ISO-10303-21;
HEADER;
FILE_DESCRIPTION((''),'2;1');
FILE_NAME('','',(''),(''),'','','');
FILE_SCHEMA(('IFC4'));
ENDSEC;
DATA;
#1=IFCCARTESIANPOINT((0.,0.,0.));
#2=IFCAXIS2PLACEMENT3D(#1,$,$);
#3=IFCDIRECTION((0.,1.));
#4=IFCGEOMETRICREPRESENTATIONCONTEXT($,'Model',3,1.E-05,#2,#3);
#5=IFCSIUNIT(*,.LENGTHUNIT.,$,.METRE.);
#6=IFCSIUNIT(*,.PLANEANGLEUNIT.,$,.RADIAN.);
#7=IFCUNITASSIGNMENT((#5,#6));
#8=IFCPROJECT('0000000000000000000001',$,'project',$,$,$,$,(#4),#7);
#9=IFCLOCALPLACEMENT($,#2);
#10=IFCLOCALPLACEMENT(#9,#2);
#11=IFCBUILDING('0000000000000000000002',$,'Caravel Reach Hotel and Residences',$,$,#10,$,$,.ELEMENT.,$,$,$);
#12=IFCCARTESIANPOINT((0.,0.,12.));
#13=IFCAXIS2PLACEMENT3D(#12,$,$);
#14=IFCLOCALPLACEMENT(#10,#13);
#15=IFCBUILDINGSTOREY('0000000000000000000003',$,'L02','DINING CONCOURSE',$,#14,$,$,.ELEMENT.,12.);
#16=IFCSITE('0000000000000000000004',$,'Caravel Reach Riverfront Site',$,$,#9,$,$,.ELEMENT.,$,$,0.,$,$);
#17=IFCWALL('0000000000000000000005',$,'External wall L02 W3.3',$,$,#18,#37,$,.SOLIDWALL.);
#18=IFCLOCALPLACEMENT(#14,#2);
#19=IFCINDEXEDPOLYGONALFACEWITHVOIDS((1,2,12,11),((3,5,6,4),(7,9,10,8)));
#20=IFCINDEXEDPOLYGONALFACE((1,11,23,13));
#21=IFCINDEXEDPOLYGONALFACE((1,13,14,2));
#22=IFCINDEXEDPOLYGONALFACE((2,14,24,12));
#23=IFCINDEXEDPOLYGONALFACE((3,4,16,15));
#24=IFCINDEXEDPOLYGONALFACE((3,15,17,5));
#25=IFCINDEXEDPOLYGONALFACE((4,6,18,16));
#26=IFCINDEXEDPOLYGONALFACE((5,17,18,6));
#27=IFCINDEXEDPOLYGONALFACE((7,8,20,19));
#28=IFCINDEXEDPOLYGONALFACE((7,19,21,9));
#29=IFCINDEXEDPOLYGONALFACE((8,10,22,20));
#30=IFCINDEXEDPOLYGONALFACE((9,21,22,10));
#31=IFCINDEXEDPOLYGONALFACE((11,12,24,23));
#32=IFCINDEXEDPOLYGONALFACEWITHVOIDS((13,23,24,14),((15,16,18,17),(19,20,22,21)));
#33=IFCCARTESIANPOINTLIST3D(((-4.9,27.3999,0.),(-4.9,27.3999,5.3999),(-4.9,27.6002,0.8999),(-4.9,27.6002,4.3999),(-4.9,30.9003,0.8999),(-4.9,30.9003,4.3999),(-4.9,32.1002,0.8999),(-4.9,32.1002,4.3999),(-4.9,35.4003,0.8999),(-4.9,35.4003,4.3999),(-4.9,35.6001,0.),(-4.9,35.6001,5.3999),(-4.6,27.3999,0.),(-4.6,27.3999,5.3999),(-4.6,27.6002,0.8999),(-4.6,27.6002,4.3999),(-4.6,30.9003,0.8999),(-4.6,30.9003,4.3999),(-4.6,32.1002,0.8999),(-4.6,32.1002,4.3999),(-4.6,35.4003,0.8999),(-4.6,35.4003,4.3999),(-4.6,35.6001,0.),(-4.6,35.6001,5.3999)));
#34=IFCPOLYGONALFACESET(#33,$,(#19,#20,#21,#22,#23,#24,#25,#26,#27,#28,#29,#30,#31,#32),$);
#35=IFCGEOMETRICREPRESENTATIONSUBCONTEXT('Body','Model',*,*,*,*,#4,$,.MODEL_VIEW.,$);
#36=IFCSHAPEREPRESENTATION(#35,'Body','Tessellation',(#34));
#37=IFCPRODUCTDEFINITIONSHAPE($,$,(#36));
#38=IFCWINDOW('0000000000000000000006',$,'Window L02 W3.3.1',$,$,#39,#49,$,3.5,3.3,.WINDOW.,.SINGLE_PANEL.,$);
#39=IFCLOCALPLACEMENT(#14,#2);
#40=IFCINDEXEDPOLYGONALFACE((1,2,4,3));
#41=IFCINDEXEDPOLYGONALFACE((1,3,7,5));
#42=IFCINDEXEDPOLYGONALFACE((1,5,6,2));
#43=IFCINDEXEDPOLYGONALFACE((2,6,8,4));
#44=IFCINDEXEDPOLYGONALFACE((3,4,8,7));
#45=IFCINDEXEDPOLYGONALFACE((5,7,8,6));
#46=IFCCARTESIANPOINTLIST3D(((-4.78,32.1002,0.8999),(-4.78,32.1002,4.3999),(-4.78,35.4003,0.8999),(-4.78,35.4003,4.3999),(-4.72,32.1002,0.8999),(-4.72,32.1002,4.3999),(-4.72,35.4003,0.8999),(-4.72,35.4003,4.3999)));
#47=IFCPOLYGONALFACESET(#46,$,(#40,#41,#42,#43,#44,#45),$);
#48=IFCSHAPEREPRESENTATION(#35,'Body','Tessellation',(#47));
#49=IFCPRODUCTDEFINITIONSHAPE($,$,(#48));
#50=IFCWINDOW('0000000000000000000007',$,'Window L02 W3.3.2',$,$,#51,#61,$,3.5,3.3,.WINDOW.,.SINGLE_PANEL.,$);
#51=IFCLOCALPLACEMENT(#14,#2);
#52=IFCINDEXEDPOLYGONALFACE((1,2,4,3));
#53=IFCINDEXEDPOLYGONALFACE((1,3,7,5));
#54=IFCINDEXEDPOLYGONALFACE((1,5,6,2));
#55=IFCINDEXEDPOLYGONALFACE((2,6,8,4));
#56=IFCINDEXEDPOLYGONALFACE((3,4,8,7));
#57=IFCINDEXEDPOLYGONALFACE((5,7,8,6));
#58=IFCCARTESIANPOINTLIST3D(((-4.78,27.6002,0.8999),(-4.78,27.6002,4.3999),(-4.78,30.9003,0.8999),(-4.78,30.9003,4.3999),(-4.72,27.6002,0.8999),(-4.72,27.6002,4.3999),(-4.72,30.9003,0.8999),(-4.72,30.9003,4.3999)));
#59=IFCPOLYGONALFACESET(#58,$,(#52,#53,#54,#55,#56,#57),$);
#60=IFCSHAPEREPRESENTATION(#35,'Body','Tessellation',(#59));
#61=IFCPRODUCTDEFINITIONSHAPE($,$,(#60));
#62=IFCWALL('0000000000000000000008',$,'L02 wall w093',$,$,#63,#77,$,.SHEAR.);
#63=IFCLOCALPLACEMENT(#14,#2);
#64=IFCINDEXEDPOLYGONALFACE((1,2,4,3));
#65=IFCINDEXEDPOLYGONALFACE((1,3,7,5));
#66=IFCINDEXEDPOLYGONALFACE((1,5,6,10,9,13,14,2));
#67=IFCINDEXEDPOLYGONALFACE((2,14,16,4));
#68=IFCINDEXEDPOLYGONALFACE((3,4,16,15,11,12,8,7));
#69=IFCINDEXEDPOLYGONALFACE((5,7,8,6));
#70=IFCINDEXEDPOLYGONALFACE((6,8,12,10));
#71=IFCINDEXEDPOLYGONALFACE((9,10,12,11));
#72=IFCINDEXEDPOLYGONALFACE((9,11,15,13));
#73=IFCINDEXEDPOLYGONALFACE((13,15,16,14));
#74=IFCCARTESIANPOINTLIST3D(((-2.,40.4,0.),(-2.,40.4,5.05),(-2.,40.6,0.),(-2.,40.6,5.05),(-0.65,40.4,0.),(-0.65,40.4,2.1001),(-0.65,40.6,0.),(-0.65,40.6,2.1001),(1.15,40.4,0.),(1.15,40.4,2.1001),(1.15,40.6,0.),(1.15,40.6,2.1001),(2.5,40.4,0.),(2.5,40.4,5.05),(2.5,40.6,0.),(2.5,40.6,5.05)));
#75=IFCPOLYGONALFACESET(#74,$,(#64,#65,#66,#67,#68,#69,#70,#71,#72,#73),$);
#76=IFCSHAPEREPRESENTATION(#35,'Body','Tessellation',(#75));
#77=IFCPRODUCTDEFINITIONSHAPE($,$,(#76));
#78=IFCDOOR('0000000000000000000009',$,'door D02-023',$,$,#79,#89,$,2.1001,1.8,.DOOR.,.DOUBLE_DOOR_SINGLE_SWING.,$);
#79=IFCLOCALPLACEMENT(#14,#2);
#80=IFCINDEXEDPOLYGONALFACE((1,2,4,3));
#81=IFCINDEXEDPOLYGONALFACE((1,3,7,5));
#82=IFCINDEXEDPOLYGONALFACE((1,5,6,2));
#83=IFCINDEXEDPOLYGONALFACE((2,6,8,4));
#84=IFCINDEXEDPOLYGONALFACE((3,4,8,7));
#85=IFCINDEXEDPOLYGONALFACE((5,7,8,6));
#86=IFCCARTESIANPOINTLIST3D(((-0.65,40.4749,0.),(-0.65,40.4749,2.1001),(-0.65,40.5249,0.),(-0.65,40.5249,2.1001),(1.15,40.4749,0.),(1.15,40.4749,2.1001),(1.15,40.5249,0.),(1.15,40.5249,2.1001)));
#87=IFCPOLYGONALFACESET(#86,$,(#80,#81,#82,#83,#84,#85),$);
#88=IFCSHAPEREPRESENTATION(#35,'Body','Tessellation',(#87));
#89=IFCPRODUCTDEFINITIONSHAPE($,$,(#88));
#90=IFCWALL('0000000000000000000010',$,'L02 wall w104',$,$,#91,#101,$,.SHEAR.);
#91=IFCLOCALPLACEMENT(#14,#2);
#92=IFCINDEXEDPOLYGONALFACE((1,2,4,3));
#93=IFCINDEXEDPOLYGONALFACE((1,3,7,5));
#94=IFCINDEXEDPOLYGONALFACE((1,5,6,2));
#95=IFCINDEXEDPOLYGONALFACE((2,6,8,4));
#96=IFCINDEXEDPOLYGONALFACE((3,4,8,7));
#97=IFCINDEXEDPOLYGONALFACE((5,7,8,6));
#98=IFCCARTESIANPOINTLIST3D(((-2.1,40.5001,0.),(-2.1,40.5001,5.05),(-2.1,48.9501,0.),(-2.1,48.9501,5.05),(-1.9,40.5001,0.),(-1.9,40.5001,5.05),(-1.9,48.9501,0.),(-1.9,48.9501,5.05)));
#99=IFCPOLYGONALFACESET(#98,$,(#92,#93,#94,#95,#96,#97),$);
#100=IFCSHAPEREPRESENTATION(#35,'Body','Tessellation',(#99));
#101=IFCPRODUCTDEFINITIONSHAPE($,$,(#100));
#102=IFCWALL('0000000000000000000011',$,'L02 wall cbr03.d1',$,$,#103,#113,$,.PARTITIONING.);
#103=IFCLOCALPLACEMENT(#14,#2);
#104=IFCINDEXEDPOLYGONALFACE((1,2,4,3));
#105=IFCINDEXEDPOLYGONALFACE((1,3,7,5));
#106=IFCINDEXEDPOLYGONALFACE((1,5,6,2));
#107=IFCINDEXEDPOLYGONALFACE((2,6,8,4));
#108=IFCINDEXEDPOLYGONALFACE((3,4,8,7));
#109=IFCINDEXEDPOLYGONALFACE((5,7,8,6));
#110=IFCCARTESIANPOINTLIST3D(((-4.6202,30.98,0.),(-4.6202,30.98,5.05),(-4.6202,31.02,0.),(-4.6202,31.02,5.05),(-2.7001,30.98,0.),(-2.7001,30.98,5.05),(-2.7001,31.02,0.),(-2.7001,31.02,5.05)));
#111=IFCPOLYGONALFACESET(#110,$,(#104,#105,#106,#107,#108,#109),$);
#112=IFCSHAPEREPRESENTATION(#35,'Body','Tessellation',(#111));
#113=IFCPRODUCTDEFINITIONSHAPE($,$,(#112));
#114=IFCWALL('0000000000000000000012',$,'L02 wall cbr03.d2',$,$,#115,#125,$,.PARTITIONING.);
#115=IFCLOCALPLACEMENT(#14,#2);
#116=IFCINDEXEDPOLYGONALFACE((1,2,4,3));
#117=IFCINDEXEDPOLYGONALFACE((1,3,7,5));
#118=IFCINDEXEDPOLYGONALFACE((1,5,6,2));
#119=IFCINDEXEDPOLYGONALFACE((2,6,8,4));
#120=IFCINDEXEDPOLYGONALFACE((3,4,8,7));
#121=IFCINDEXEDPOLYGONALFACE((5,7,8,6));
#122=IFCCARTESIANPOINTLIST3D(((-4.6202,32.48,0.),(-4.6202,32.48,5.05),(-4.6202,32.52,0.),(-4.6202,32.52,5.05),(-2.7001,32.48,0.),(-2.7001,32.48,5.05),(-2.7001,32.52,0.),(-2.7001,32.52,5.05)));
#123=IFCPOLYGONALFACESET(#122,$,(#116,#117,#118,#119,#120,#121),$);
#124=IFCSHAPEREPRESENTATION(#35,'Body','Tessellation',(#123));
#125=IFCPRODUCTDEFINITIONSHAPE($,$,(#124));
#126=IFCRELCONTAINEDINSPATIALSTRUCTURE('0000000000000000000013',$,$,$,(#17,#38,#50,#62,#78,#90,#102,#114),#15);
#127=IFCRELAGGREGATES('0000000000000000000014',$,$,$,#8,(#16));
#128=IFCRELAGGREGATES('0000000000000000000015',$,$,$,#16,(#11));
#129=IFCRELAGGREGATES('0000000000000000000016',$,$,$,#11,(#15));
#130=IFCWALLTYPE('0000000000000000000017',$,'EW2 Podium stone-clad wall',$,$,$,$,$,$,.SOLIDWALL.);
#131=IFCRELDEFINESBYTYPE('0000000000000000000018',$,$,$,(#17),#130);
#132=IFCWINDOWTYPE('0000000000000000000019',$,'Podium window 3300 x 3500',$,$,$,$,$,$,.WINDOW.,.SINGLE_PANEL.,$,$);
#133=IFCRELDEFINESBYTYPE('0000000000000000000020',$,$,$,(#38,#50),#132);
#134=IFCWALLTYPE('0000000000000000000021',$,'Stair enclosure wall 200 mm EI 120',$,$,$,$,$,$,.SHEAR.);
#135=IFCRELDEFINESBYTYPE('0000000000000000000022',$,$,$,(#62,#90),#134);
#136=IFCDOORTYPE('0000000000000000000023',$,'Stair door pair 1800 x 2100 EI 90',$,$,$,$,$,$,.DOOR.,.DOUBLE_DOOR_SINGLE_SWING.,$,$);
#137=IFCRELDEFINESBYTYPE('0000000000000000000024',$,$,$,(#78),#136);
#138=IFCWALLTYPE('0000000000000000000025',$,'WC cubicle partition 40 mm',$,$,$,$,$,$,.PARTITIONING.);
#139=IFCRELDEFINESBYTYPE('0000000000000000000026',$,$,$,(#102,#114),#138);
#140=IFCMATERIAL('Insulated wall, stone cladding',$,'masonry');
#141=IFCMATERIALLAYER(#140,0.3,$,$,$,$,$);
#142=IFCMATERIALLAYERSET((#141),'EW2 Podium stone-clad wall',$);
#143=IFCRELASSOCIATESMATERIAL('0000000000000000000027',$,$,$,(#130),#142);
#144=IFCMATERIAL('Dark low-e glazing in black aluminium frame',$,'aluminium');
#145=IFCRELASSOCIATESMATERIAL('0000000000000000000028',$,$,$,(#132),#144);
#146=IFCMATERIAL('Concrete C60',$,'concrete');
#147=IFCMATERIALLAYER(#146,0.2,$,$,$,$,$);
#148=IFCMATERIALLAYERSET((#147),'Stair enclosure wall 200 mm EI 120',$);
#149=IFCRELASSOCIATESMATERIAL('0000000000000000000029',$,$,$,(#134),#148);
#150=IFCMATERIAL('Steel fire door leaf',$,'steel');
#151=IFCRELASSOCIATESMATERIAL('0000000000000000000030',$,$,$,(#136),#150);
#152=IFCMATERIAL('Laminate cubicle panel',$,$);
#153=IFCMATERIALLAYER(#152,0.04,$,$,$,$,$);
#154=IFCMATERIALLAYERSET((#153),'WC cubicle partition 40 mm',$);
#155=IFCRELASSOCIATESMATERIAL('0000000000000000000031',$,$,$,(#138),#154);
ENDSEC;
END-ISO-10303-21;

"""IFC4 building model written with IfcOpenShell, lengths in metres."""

from ifc_helpers import new_model, si_unit, direction, frame, frame_2d, origin, place, context, subcontext, project, spatial, rectangle, extrude, material, layer, layer_set, type_object, element, fill, save


model = new_model("IFC4")

# Units and contexts
model_context = context("Model", 3, precision=1e-05, world=origin(), true_north=direction((0.0, 1.0)))
body_context = subcontext(model_context, "Body", "Model", "MODEL_VIEW")
ifc_project = project(units=[si_unit("LENGTHUNIT", "METRE"), si_unit("PLANEANGLEUNIT", "RADIAN")], contexts=[model_context])

# Site, building, storey
site_placement = place(None, origin())
site = spatial("IfcSite", under=ifc_project, at=site_placement, Name="Caravel Reach Riverfront Site", CompositionType="ELEMENT", RefElevation=0.0)
building_placement = place(site_placement, origin())
building = spatial("IfcBuilding", under=site, at=building_placement, Name="Caravel Reach Hotel and Residences", CompositionType="ELEMENT")
storey_placement = place(building_placement, frame((0.0, 0.0, 12.0)))
storey = spatial("IfcBuildingStorey", under=building, at=storey_placement, Name="L02", Description="DINING CONCOURSE", CompositionType="ELEMENT", Elevation=12.0)

# Wall, openings, windows
ifc_material_1 = material(Name="Insulated wall, stone cladding", Category="masonry")
ifc_layer_1 = layer(ifc_material_1, 0.3)
ifc_layer_set_1 = layer_set([ifc_layer_1], Name="EW2 Podium stone-clad wall")
wall_type_1 = type_object("IfcWallType", Name="EW2 Podium stone-clad wall", PredefinedType="SOLIDWALL", material=ifc_layer_set_1)
wall_1_placement = place(storey_placement, frame((-4.75, 35.6001, 0.0), z_axis=(0.0, 0.0, 1.0), x_axis=(0.0, -1.0, 0.0)))
wall_1 = element("IfcWall", 1, at=wall_1_placement, inside=storey, type_object=wall_type_1, Name="External wall L02 W3.3", PredefinedType="SOLIDWALL", context=body_context, shape_type="SweptSolid", body=[
    extrude(rectangle(XDim=8.2002, YDim=0.3, at=frame_2d((4.1001, 0.0))), origin(), (0.0, 0.0, 1.0), 5.3999),
])
opening_1_placement = place(wall_1_placement, frame((0.2, 0.0, 0.8999)))
opening_1 = element("IfcOpeningElement", 2, at=opening_1_placement, cuts=wall_1, PredefinedType="OPENING", context=body_context, shape_type="SweptSolid", body=[
    extrude(rectangle(XDim=3.3, YDim=3.5, at=frame_2d((1.6499, 1.75))), frame((0.0, 0.1599, 0.0), z_axis=(0.0, -1.0, 0.0), x_axis=(1.0, 0.0, 0.0)), (0.0, 0.0, 1.0), 0.3201),
])
opening_2_placement = place(wall_1_placement, frame((4.7, 0.0, 0.8999)))
opening_2 = element("IfcOpeningElement", 3, at=opening_2_placement, cuts=wall_1, PredefinedType="OPENING", context=body_context, shape_type="SweptSolid", body=[
    extrude(rectangle(XDim=3.3, YDim=3.5, at=frame_2d((1.6499, 1.75))), frame((0.0, 0.1599, 0.0), z_axis=(0.0, -1.0, 0.0), x_axis=(1.0, 0.0, 0.0)), (0.0, 0.0, 1.0), 0.3201),
])
ifc_material_2 = material(Name="Dark low-e glazing in black aluminium frame", Category="aluminium")
window_type = type_object("IfcWindowType", Name="Podium window 3300 x 3500", PartitioningType="SINGLE_PANEL", PredefinedType="WINDOW", material=ifc_material_2)
window_1_placement = place(opening_1_placement, origin())
window_1 = element("IfcWindow", 4, at=window_1_placement, inside=storey, type_object=window_type, Name="Window L02 W3.3.1", OverallHeight=3.5, OverallWidth=3.3, PartitioningType="SINGLE_PANEL", PredefinedType="WINDOW", context=body_context, shape_type="SweptSolid", body=[
    extrude(rectangle(XDim=3.3, YDim=3.5, at=frame_2d((1.6499, 1.75))), frame((0.0, 0.03, 0.0), z_axis=(0.0, -1.0, 0.0), x_axis=(1.0, 0.0, 0.0)), (0.0, 0.0, 1.0), 0.0601),
])
fill(opening_1, window_1)
window_2_placement = place(opening_2_placement, origin())
window_2 = element("IfcWindow", 5, at=window_2_placement, inside=storey, type_object=window_type, Name="Window L02 W3.3.2", OverallHeight=3.5, OverallWidth=3.3, PartitioningType="SINGLE_PANEL", PredefinedType="WINDOW", context=body_context, shape_type="SweptSolid", body=[
    extrude(rectangle(XDim=3.3, YDim=3.5, at=frame_2d((1.6499, 1.75))), frame((0.0, 0.03, 0.0), z_axis=(0.0, -1.0, 0.0), x_axis=(1.0, 0.0, 0.0)), (0.0, 0.0, 1.0), 0.0601),
])
fill(opening_2, window_2)

# Wall, opening, door
ifc_material_3 = material(Name="Concrete C60", Category="concrete")
ifc_layer_2 = layer(ifc_material_3, 0.2)
ifc_layer_set_2 = layer_set([ifc_layer_2], Name="Stair enclosure wall 200 mm EI 120")
wall_type_2 = type_object("IfcWallType", Name="Stair enclosure wall 200 mm EI 120", PredefinedType="SHEAR", material=ifc_layer_set_2)
wall_2_placement = place(storey_placement, frame((-2.0, 40.5, 0.0), z_axis=(0.0, 0.0, 1.0), x_axis=(1.0, 0.0, 0.0)))
wall_2 = element("IfcWall", 6, at=wall_2_placement, inside=storey, type_object=wall_type_2, Name="L02 wall w093", PredefinedType="SHEAR", context=body_context, shape_type="SweptSolid", body=[
    extrude(rectangle(XDim=4.5, YDim=0.2, at=frame_2d((2.25, 0.0))), origin(), (0.0, 0.0, 1.0), 5.05),
])
opening_3_placement = place(wall_2_placement, frame((1.3501, 0.0, 0.0)))
opening_3 = element("IfcOpeningElement", 7, at=opening_3_placement, cuts=wall_2, PredefinedType="OPENING", context=body_context, shape_type="SweptSolid", body=[
    extrude(rectangle(XDim=1.8, YDim=2.1001, at=frame_2d((0.8999, 1.05))), frame((0.0, 0.1099, 0.0), z_axis=(0.0, -1.0, 0.0), x_axis=(1.0, 0.0, 0.0)), (0.0, 0.0, 1.0), 0.22),
])
ifc_material_4 = material(Name="Steel fire door leaf", Category="steel")
door_type_1 = type_object("IfcDoorType", Name="Stair door pair 1800 x 2100 EI 90", OperationType="DOUBLE_DOOR_SINGLE_SWING", PredefinedType="DOOR", material=ifc_material_4)
door_1_placement = place(opening_3_placement, origin())
door_1 = element("IfcDoor", 8, at=door_1_placement, inside=storey, type_object=door_type_1, Name="door D02-023", OperationType="DOUBLE_DOOR_SINGLE_SWING", OverallHeight=2.1001, OverallWidth=1.8, PredefinedType="DOOR", context=body_context, shape_type="SweptSolid", body=[
    extrude(rectangle(XDim=1.8, YDim=2.1001, at=frame_2d((0.8999, 1.05))), frame((0.0, 0.0249, 0.0), z_axis=(0.0, -1.0, 0.0), x_axis=(1.0, 0.0, 0.0)), (0.0, 0.0, 1.0), 0.05),
])
fill(opening_3, door_1)

# Walls
wall_3_placement = place(storey_placement, frame((-2.0, 40.5, 0.0), z_axis=(0.0, 0.0, 1.0), x_axis=(0.0, 1.0, 0.0)))
element("IfcWall", 9, at=wall_3_placement, inside=storey, type_object=wall_type_2, Name="L02 wall w104", PredefinedType="SHEAR", context=body_context, shape_type="SweptSolid", body=[
    extrude(rectangle(XDim=8.45, YDim=0.2, at=frame_2d((4.2251, 0.0))), origin(), (0.0, 0.0, 1.0), 5.05),
])
ifc_material_5 = material(Name="Laminate cubicle panel")
ifc_layer_3 = layer(ifc_material_5, 0.04)
ifc_layer_set_3 = layer_set([ifc_layer_3], Name="WC cubicle partition 40 mm")
wall_type_3 = type_object("IfcWallType", Name="WC cubicle partition 40 mm", PredefinedType="PARTITIONING", material=ifc_layer_set_3)
for number, where, z_axis, x_axis, name in (
    (10, (-4.6201, 31.0, 0.0), (0.0, 0.0, 1.0), (1.0, 0.0, 0.0), "L02 wall cbr03.d1"),
    (11, (-4.6201, 32.5, 0.0), (0.0, 0.0, 1.0), (1.0, 0.0, 0.0), "L02 wall cbr03.d2"),
):
    element("IfcWall", number, at=place(storey_placement, frame(where, z_axis=z_axis, x_axis=x_axis)), inside=storey, type_object=wall_type_3, Name=name, PredefinedType="PARTITIONING", context=body_context, shape_type="SweptSolid", body=[
        extrude(rectangle(XDim=1.9202, YDim=0.04, at=frame_2d((0.96, 0.0))), origin(), (0.0, 0.0, 1.0), 5.05),
    ])

save(model, "model.ifc")
